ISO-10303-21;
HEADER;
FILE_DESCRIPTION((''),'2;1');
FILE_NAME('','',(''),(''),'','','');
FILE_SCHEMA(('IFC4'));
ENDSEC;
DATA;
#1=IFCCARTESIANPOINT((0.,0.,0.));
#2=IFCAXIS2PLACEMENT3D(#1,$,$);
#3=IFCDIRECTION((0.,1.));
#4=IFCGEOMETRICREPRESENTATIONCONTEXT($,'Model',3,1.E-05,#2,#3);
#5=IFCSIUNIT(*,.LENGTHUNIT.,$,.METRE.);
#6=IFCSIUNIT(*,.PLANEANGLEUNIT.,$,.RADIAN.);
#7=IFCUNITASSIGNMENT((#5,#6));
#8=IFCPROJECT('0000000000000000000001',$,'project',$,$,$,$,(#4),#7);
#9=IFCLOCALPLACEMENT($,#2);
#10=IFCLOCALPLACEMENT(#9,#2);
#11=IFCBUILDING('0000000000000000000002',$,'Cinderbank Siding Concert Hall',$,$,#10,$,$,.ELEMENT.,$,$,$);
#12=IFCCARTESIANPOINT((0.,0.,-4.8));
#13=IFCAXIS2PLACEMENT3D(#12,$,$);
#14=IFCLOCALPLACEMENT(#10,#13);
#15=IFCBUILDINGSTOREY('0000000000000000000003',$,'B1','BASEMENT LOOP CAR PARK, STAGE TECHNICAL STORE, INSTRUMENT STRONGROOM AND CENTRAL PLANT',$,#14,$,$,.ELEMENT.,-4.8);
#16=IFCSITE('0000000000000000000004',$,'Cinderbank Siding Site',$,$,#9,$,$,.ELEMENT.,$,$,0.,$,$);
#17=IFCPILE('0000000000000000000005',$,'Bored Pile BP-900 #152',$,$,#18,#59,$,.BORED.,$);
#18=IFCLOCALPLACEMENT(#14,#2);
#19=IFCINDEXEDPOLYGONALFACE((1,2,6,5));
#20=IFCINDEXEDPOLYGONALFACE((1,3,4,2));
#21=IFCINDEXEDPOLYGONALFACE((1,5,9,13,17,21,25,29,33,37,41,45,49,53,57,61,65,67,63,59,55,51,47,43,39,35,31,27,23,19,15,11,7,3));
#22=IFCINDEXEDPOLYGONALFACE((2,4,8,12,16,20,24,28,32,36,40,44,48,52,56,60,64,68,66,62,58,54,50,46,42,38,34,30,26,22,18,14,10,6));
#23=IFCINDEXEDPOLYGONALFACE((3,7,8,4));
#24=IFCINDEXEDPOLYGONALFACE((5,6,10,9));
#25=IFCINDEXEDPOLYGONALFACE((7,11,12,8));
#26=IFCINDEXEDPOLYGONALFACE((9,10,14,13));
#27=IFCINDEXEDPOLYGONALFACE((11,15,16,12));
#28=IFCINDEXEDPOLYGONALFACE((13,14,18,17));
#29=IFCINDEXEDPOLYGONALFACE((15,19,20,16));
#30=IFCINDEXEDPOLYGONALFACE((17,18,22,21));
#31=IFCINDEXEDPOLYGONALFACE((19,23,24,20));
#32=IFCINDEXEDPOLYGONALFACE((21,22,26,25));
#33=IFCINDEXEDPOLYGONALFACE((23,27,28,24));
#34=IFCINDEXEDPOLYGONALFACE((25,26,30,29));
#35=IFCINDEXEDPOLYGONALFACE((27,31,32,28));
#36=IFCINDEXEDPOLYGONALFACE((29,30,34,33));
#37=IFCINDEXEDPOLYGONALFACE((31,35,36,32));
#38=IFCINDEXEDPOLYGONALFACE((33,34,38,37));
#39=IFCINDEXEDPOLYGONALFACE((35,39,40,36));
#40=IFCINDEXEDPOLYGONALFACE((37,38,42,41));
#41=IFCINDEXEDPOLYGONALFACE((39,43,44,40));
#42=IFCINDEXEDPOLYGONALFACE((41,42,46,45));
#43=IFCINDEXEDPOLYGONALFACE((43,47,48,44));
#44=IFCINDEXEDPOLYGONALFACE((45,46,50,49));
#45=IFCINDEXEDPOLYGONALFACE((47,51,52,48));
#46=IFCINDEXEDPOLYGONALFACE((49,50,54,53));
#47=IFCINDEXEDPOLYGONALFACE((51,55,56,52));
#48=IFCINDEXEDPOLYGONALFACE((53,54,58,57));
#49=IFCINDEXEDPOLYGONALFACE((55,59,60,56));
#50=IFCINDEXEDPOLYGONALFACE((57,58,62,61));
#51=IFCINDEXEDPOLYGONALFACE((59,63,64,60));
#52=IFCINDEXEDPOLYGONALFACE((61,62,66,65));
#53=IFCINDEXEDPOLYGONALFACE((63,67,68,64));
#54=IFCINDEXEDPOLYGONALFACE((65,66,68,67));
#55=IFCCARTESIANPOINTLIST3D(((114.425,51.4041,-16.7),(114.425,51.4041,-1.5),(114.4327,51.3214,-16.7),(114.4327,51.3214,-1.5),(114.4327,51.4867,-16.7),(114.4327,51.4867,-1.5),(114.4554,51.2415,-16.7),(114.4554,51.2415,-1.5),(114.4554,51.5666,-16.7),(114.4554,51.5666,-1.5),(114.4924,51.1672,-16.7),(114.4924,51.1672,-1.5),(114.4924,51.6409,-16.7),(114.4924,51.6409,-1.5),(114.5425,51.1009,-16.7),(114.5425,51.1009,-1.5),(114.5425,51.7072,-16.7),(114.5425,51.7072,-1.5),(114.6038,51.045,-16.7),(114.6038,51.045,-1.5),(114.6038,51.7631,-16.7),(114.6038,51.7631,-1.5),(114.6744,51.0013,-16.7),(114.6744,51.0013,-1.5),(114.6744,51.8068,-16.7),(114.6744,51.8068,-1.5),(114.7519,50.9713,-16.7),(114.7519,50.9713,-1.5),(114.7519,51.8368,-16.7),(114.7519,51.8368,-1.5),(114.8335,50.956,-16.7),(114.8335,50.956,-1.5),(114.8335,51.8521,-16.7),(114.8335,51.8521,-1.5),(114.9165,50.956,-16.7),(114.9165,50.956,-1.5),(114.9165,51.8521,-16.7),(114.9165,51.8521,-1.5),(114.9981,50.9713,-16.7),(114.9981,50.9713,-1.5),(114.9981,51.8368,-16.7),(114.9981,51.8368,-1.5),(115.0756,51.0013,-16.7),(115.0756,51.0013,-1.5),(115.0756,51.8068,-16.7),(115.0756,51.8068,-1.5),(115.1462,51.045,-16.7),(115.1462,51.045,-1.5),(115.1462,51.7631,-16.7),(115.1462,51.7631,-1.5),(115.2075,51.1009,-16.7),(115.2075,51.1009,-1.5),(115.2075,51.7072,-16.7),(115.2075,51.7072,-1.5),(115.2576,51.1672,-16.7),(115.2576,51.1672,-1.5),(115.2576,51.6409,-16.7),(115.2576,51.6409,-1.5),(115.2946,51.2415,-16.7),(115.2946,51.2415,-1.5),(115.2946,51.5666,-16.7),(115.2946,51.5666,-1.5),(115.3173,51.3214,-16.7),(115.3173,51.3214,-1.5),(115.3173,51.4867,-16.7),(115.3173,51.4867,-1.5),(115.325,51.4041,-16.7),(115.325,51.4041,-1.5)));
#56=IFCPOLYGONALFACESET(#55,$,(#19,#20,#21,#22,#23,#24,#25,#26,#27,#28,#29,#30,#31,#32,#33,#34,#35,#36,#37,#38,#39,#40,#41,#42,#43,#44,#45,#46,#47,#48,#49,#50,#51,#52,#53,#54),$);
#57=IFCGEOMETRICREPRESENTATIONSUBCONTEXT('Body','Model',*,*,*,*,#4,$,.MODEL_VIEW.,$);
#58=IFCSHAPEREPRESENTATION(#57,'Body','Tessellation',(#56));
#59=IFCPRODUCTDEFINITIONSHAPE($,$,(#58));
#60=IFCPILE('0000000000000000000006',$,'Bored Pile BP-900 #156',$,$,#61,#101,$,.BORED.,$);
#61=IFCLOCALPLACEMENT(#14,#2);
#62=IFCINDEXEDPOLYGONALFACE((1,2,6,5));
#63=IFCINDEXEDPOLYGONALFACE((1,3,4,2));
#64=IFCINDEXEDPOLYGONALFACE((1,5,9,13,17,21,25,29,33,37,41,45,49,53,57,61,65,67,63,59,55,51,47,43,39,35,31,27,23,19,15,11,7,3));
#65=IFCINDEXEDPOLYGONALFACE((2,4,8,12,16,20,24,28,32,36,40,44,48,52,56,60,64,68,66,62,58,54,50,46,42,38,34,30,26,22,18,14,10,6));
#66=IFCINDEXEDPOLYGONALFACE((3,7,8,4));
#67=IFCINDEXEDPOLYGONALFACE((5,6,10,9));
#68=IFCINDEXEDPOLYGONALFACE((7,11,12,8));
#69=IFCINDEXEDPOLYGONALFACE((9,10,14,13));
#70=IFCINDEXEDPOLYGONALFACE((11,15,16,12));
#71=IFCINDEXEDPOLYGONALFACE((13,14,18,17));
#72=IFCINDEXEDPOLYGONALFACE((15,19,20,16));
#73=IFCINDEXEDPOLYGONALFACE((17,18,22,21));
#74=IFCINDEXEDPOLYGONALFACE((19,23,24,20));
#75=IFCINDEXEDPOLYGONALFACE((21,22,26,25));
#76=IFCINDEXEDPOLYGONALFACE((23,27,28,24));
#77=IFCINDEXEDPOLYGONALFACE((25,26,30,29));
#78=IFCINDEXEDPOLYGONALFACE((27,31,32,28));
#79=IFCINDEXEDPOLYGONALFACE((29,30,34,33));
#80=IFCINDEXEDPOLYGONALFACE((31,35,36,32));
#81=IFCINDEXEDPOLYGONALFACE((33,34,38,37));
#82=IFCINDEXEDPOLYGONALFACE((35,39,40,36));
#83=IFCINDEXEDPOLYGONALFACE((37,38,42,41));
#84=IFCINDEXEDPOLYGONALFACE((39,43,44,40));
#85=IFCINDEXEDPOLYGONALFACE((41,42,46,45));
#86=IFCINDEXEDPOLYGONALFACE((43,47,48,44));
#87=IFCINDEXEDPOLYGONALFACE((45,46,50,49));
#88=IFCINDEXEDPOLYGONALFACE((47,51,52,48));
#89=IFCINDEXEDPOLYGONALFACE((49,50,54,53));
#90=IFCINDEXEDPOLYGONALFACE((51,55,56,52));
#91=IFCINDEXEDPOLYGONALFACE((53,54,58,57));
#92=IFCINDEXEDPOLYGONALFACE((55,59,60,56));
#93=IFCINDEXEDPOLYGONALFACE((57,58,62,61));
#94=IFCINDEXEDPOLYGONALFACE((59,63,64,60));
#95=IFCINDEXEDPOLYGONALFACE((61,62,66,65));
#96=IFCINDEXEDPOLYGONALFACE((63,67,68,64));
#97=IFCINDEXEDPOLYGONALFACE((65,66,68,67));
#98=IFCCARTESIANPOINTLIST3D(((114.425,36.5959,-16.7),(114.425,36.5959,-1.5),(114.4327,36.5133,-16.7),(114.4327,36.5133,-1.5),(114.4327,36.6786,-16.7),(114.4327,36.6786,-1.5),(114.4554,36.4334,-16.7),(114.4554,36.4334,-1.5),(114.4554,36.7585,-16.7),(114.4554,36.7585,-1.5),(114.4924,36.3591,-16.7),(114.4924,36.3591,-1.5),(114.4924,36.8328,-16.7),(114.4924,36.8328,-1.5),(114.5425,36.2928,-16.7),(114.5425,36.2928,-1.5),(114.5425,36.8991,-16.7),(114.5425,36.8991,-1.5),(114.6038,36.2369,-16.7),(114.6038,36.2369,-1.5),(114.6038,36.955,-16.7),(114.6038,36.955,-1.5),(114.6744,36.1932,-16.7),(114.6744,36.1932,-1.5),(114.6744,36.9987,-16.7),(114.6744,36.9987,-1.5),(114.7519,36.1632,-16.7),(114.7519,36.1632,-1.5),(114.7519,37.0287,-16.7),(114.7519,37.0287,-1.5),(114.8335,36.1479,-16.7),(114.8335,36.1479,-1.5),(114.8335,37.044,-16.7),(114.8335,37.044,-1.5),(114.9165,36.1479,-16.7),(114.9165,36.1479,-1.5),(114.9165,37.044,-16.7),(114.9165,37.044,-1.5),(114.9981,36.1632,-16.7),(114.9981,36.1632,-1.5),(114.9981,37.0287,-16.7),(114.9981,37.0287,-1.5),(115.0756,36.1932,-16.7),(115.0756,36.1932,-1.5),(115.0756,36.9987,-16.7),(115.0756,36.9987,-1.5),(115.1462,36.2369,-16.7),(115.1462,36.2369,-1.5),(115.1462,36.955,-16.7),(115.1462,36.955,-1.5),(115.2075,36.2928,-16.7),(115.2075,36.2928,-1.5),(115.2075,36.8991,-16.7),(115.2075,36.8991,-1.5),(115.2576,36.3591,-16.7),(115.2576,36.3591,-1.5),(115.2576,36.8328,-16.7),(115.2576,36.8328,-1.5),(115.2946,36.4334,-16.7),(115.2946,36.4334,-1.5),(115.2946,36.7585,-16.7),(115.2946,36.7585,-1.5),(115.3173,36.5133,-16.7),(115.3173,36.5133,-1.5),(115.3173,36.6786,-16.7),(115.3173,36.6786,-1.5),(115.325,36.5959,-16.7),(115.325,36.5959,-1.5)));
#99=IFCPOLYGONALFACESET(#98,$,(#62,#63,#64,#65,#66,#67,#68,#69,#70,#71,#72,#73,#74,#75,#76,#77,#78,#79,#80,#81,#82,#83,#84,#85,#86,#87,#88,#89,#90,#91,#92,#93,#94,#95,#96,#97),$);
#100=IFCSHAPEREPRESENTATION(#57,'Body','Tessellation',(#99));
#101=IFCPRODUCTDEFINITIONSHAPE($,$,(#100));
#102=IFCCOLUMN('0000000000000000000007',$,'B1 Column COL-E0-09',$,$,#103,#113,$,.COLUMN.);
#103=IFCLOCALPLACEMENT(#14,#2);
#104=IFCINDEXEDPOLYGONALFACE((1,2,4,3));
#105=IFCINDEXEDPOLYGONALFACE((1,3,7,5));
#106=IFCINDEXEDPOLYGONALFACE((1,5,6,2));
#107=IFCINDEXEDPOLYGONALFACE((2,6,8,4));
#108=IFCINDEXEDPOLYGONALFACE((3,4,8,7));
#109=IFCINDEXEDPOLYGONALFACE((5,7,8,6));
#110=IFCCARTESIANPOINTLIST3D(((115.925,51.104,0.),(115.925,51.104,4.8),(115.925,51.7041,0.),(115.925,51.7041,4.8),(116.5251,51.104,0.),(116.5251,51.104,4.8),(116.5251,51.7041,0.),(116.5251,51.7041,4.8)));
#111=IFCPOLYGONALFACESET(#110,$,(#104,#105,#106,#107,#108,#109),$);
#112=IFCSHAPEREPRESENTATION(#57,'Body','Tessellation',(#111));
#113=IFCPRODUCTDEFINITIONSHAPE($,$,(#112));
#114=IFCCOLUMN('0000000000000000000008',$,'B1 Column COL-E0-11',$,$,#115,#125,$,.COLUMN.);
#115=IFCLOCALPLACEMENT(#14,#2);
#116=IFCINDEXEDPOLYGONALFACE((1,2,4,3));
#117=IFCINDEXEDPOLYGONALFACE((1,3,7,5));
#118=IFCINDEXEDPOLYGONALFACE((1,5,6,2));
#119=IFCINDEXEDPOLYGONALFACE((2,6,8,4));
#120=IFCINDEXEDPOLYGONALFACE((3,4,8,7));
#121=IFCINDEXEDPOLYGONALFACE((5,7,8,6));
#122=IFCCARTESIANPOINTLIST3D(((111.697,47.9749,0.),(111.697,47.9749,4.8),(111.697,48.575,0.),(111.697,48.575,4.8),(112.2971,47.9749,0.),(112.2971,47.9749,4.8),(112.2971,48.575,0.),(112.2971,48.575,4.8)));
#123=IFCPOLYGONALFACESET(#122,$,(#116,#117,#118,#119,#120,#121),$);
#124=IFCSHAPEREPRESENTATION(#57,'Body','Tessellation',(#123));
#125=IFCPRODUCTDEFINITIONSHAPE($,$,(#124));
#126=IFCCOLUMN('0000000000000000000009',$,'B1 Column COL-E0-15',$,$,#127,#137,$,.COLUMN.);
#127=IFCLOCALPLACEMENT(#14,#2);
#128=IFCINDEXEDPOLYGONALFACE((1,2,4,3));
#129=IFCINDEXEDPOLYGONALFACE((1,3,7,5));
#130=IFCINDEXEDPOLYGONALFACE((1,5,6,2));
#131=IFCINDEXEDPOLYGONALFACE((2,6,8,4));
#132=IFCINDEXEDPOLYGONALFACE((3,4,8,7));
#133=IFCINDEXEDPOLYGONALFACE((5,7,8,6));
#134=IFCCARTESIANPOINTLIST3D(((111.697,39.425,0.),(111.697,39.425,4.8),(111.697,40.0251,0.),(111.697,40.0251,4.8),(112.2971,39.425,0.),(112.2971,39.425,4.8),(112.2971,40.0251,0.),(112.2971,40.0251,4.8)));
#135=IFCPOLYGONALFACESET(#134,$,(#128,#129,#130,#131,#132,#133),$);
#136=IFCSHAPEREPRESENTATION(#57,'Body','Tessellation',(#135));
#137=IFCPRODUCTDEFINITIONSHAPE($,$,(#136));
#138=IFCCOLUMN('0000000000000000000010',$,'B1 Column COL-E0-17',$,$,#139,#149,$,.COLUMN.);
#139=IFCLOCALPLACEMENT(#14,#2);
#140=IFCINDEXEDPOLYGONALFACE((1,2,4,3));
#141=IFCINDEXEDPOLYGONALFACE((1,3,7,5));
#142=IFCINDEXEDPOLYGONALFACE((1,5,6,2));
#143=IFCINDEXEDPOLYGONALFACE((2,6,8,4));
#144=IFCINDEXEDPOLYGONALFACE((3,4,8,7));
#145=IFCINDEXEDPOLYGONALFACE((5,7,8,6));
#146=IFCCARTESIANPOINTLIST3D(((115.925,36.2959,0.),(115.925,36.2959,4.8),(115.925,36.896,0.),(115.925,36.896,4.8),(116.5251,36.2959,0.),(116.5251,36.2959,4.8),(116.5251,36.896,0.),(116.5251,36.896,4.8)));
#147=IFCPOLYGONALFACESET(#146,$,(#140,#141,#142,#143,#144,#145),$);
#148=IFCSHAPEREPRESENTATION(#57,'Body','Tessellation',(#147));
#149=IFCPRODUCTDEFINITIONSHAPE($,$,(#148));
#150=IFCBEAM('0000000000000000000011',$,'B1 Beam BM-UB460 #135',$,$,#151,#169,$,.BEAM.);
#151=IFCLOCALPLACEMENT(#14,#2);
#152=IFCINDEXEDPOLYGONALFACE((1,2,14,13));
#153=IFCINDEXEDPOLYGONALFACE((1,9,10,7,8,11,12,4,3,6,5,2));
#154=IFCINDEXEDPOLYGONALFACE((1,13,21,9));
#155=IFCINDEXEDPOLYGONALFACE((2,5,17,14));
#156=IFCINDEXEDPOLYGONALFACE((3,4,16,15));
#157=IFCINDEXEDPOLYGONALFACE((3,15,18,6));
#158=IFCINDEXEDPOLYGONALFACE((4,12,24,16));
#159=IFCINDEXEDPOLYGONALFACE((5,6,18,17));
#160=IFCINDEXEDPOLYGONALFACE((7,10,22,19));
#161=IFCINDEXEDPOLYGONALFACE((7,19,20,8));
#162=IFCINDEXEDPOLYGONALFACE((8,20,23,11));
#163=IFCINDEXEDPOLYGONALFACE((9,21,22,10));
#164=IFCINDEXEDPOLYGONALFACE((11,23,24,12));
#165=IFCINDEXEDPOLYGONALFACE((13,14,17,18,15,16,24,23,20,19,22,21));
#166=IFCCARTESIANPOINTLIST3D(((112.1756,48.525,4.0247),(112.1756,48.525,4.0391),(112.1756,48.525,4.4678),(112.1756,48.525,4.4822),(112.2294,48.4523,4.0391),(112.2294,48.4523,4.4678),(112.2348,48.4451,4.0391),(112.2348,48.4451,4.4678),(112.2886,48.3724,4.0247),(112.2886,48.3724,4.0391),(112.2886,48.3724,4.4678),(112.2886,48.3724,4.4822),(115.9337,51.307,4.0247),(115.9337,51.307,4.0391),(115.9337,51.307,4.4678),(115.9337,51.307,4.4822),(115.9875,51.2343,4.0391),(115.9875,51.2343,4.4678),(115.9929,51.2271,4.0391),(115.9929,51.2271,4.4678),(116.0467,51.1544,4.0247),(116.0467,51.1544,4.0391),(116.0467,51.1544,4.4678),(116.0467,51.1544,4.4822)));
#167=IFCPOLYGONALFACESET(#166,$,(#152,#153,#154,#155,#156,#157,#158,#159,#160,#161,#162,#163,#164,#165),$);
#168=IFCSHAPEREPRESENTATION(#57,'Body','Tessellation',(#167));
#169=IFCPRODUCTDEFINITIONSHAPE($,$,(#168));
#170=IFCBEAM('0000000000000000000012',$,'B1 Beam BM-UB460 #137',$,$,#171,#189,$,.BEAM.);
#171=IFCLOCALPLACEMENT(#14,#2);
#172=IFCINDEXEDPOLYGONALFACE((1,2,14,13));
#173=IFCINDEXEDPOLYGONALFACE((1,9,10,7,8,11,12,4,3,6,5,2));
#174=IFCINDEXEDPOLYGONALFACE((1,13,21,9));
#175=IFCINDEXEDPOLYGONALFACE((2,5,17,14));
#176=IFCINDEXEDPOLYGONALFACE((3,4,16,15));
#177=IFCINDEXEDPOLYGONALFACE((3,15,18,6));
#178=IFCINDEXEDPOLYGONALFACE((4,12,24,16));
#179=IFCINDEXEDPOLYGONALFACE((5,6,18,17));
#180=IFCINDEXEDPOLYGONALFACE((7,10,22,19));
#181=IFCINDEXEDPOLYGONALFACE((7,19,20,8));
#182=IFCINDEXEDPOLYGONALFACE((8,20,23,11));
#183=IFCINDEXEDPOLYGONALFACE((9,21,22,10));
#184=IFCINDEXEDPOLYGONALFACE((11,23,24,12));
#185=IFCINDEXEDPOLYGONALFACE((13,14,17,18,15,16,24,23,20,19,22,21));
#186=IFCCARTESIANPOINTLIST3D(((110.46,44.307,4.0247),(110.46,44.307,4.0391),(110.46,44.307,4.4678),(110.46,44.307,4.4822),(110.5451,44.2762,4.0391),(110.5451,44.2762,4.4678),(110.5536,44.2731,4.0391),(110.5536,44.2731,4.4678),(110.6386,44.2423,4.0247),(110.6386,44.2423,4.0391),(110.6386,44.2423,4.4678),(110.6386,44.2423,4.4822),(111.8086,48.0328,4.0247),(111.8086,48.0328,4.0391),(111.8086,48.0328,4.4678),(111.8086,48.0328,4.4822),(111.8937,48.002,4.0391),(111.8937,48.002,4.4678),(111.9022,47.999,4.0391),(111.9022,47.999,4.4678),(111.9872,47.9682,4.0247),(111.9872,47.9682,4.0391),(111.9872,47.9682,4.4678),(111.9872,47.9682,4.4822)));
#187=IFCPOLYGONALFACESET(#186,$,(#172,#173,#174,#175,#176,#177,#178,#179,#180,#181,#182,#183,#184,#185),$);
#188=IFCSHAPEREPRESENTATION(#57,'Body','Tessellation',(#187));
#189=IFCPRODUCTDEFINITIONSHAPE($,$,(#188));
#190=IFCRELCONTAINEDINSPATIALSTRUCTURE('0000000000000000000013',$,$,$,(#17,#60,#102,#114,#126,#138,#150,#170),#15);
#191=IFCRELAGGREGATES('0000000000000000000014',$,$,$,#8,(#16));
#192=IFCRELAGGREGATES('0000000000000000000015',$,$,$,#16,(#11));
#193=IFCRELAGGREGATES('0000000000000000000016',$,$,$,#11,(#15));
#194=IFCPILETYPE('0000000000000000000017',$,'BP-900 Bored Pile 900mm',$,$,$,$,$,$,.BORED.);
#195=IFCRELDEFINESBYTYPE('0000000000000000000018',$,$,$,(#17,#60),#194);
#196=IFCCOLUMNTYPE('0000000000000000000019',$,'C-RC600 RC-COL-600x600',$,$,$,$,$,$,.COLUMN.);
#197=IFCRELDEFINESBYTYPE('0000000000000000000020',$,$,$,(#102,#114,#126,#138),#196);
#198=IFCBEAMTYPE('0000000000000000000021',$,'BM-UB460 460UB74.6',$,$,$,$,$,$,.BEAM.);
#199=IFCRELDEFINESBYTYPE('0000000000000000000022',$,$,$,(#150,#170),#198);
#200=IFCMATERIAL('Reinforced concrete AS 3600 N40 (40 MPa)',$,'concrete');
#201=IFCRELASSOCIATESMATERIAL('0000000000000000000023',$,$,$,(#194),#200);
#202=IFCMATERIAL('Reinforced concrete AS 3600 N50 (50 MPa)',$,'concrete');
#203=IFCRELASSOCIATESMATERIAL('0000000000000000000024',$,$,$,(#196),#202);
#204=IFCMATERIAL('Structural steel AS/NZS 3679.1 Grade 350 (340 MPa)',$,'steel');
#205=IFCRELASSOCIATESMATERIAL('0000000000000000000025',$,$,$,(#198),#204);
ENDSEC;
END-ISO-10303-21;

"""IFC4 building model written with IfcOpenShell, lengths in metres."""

from ifc_helpers import new_model, si_unit, direction, frame, origin, origin_2d, place, context, subcontext, project, spatial, rectangle, circle, i_section, extrude, material, material_profile, profile_set, type_object, element, save


model = new_model("IFC4")

# Units and contexts
model_context = context("Model", 3, precision=1e-05, world=origin(), true_north=direction((0.0, 1.0)))
body_context = subcontext(model_context, "Body", "Model", "MODEL_VIEW")
ifc_project = project(units=[si_unit("LENGTHUNIT", "METRE"), si_unit("PLANEANGLEUNIT", "RADIAN")], contexts=[model_context])

# Site, building, storey
site_placement = place(None, origin())
site = spatial("IfcSite", under=ifc_project, at=site_placement, Name="Cinderbank Siding Site", CompositionType="ELEMENT", RefElevation=0.0)
building_placement = place(site_placement, origin())
building = spatial("IfcBuilding", under=site, at=building_placement, Name="Cinderbank Siding Concert Hall", CompositionType="ELEMENT")
storey_placement = place(building_placement, frame((0.0, 0.0, -4.8)))
storey = spatial("IfcBuildingStorey", under=building, at=storey_placement, Name="B1", Description="BASEMENT LOOP CAR PARK, STAGE TECHNICAL STORE, INSTRUMENT STRONGROOM AND CENTRAL PLANT", CompositionType="ELEMENT", Elevation=-4.8)

# Piles
ifc_material_1 = material(Name="Reinforced concrete AS 3600 N40 (40 MPa)", Category="concrete")
ifc_material_profile_1 = material_profile(ifc_material_1, circle(Radius=0.45, at=origin_2d()), Name="PILE-900DIA", Category="LoadBearing")
ifc_profile_set_1 = profile_set([ifc_material_profile_1], Name="Reinforced concrete AS 3600 N40 (40 MPa)")
pile_type = type_object("IfcPileType", Name="BP-900 Bored Pile 900mm", PredefinedType="BORED", material=ifc_profile_set_1)
for number, where, z_axis, x_axis, name in (
    (1, (114.875, 51.4041, -1.5), (0.0, 0.0, -1.0), (1.0, 0.0, 0.0), "Bored Pile BP-900 #152"),
    (2, (114.875, 36.5959, -1.5), (0.0, 0.0, -1.0), (1.0, 0.0, 0.0), "Bored Pile BP-900 #156"),
):
    element("IfcPile", number, at=place(storey_placement, frame(where, z_axis=z_axis, x_axis=x_axis)), inside=storey, type_object=pile_type, Name=name, PredefinedType="BORED", context=body_context, shape_type="SweptSolid", body=[
        extrude(circle(Radius=0.45, at=origin_2d()), origin(), (0.0, 0.0, 1.0), 15.2),
    ])

# Columns
ifc_material_2 = material(Name="Reinforced concrete AS 3600 N50 (50 MPa)", Category="concrete")
ifc_material_profile_2 = material_profile(ifc_material_2, rectangle(XDim=0.6001, YDim=0.6001, at=origin_2d()), Name="RC-COL-600x600", Category="LoadBearing")
ifc_profile_set_2 = profile_set([ifc_material_profile_2], Name="Reinforced concrete AS 3600 N50 (50 MPa)")
column_type = type_object("IfcColumnType", Name="C-RC600 RC-COL-600x600", PredefinedType="COLUMN", material=ifc_profile_set_2)
for number, where, z_axis, x_axis, name in (
    (3, (116.2251, 51.4041, 0.0), (0.0, 0.0, 1.0), (1.0, 0.0, 0.0), "B1 Column COL-E0-09"),
    (4, (111.9971, 48.2749, 0.0), (0.0, 0.0, 1.0), (1.0, 0.0, 0.0), "B1 Column COL-E0-11"),
    (5, (111.9971, 39.7251, 0.0), (0.0, 0.0, 1.0), (1.0, 0.0, 0.0), "B1 Column COL-E0-15"),
    (6, (116.2251, 36.5959, 0.0), (0.0, 0.0, 1.0), (1.0, 0.0, 0.0), "B1 Column COL-E0-17"),
):
    element("IfcColumn", number, at=place(storey_placement, frame(where, z_axis=z_axis, x_axis=x_axis)), inside=storey, type_object=column_type, Name=name, PredefinedType="COLUMN", context=body_context, shape_type="SweptSolid", body=[
        extrude(rectangle(XDim=0.6001, YDim=0.6001, at=origin_2d()), origin(), (0.0, 0.0, 1.0), 4.8),
    ])

# Beams
ifc_material_3 = material(Name="Structural steel AS/NZS 3679.1 Grade 350 (340 MPa)", Category="steel")
ifc_material_profile_3 = material_profile(ifc_material_3, i_section(OverallWidth=0.1899, OverallDepth=0.4575, WebThickness=0.009, FlangeThickness=0.0144, at=origin_2d()), Name="460UB74.6", Category="LoadBearing")
ifc_profile_set_3 = profile_set([ifc_material_profile_3], Name="Structural steel AS/NZS 3679.1 Grade 350 (340 MPa)")
beam_type_1 = type_object("IfcBeamType", Name="BM-UB460 460UB74.6", PredefinedType="BEAM", material=ifc_profile_set_3)
beam_1_placement = place(storey_placement, frame((115.9902, 51.2307, 4.2534), z_axis=(-0.803738, -0.594984, 0.0), x_axis=(0.594984, -0.803738, 0.0)))
element("IfcBeam", 7, at=beam_1_placement, inside=storey, type_object=beam_type_1, Name="B1 Beam BM-UB460 #135", PredefinedType="BEAM", context=body_context, shape_type="SweptSolid", body=[
    extrude(i_section(OverallWidth=0.1899, OverallDepth=0.4575, WebThickness=0.009, FlangeThickness=0.0144, at=origin_2d()), origin(), (0.0, 0.0, 1.0), 4.6758),
])
beam_2_placement = place(storey_placement, frame((111.8979, 48.0005, 4.2534), z_axis=(-0.340357, -0.940296, 0.0), x_axis=(0.940296, -0.340357, 0.0)))
element("IfcBeam", 8, at=beam_2_placement, inside=storey, type_object=beam_type_1, Name="B1 Beam BM-UB460 #137", PredefinedType="BEAM", context=body_context, shape_type="SweptSolid", body=[
    extrude(i_section(OverallWidth=0.1899, OverallDepth=0.4575, WebThickness=0.009, FlangeThickness=0.0144, at=origin_2d()), origin(), (0.0, 0.0, 1.0), 3.9624),
])

save(model, "model.ifc")
